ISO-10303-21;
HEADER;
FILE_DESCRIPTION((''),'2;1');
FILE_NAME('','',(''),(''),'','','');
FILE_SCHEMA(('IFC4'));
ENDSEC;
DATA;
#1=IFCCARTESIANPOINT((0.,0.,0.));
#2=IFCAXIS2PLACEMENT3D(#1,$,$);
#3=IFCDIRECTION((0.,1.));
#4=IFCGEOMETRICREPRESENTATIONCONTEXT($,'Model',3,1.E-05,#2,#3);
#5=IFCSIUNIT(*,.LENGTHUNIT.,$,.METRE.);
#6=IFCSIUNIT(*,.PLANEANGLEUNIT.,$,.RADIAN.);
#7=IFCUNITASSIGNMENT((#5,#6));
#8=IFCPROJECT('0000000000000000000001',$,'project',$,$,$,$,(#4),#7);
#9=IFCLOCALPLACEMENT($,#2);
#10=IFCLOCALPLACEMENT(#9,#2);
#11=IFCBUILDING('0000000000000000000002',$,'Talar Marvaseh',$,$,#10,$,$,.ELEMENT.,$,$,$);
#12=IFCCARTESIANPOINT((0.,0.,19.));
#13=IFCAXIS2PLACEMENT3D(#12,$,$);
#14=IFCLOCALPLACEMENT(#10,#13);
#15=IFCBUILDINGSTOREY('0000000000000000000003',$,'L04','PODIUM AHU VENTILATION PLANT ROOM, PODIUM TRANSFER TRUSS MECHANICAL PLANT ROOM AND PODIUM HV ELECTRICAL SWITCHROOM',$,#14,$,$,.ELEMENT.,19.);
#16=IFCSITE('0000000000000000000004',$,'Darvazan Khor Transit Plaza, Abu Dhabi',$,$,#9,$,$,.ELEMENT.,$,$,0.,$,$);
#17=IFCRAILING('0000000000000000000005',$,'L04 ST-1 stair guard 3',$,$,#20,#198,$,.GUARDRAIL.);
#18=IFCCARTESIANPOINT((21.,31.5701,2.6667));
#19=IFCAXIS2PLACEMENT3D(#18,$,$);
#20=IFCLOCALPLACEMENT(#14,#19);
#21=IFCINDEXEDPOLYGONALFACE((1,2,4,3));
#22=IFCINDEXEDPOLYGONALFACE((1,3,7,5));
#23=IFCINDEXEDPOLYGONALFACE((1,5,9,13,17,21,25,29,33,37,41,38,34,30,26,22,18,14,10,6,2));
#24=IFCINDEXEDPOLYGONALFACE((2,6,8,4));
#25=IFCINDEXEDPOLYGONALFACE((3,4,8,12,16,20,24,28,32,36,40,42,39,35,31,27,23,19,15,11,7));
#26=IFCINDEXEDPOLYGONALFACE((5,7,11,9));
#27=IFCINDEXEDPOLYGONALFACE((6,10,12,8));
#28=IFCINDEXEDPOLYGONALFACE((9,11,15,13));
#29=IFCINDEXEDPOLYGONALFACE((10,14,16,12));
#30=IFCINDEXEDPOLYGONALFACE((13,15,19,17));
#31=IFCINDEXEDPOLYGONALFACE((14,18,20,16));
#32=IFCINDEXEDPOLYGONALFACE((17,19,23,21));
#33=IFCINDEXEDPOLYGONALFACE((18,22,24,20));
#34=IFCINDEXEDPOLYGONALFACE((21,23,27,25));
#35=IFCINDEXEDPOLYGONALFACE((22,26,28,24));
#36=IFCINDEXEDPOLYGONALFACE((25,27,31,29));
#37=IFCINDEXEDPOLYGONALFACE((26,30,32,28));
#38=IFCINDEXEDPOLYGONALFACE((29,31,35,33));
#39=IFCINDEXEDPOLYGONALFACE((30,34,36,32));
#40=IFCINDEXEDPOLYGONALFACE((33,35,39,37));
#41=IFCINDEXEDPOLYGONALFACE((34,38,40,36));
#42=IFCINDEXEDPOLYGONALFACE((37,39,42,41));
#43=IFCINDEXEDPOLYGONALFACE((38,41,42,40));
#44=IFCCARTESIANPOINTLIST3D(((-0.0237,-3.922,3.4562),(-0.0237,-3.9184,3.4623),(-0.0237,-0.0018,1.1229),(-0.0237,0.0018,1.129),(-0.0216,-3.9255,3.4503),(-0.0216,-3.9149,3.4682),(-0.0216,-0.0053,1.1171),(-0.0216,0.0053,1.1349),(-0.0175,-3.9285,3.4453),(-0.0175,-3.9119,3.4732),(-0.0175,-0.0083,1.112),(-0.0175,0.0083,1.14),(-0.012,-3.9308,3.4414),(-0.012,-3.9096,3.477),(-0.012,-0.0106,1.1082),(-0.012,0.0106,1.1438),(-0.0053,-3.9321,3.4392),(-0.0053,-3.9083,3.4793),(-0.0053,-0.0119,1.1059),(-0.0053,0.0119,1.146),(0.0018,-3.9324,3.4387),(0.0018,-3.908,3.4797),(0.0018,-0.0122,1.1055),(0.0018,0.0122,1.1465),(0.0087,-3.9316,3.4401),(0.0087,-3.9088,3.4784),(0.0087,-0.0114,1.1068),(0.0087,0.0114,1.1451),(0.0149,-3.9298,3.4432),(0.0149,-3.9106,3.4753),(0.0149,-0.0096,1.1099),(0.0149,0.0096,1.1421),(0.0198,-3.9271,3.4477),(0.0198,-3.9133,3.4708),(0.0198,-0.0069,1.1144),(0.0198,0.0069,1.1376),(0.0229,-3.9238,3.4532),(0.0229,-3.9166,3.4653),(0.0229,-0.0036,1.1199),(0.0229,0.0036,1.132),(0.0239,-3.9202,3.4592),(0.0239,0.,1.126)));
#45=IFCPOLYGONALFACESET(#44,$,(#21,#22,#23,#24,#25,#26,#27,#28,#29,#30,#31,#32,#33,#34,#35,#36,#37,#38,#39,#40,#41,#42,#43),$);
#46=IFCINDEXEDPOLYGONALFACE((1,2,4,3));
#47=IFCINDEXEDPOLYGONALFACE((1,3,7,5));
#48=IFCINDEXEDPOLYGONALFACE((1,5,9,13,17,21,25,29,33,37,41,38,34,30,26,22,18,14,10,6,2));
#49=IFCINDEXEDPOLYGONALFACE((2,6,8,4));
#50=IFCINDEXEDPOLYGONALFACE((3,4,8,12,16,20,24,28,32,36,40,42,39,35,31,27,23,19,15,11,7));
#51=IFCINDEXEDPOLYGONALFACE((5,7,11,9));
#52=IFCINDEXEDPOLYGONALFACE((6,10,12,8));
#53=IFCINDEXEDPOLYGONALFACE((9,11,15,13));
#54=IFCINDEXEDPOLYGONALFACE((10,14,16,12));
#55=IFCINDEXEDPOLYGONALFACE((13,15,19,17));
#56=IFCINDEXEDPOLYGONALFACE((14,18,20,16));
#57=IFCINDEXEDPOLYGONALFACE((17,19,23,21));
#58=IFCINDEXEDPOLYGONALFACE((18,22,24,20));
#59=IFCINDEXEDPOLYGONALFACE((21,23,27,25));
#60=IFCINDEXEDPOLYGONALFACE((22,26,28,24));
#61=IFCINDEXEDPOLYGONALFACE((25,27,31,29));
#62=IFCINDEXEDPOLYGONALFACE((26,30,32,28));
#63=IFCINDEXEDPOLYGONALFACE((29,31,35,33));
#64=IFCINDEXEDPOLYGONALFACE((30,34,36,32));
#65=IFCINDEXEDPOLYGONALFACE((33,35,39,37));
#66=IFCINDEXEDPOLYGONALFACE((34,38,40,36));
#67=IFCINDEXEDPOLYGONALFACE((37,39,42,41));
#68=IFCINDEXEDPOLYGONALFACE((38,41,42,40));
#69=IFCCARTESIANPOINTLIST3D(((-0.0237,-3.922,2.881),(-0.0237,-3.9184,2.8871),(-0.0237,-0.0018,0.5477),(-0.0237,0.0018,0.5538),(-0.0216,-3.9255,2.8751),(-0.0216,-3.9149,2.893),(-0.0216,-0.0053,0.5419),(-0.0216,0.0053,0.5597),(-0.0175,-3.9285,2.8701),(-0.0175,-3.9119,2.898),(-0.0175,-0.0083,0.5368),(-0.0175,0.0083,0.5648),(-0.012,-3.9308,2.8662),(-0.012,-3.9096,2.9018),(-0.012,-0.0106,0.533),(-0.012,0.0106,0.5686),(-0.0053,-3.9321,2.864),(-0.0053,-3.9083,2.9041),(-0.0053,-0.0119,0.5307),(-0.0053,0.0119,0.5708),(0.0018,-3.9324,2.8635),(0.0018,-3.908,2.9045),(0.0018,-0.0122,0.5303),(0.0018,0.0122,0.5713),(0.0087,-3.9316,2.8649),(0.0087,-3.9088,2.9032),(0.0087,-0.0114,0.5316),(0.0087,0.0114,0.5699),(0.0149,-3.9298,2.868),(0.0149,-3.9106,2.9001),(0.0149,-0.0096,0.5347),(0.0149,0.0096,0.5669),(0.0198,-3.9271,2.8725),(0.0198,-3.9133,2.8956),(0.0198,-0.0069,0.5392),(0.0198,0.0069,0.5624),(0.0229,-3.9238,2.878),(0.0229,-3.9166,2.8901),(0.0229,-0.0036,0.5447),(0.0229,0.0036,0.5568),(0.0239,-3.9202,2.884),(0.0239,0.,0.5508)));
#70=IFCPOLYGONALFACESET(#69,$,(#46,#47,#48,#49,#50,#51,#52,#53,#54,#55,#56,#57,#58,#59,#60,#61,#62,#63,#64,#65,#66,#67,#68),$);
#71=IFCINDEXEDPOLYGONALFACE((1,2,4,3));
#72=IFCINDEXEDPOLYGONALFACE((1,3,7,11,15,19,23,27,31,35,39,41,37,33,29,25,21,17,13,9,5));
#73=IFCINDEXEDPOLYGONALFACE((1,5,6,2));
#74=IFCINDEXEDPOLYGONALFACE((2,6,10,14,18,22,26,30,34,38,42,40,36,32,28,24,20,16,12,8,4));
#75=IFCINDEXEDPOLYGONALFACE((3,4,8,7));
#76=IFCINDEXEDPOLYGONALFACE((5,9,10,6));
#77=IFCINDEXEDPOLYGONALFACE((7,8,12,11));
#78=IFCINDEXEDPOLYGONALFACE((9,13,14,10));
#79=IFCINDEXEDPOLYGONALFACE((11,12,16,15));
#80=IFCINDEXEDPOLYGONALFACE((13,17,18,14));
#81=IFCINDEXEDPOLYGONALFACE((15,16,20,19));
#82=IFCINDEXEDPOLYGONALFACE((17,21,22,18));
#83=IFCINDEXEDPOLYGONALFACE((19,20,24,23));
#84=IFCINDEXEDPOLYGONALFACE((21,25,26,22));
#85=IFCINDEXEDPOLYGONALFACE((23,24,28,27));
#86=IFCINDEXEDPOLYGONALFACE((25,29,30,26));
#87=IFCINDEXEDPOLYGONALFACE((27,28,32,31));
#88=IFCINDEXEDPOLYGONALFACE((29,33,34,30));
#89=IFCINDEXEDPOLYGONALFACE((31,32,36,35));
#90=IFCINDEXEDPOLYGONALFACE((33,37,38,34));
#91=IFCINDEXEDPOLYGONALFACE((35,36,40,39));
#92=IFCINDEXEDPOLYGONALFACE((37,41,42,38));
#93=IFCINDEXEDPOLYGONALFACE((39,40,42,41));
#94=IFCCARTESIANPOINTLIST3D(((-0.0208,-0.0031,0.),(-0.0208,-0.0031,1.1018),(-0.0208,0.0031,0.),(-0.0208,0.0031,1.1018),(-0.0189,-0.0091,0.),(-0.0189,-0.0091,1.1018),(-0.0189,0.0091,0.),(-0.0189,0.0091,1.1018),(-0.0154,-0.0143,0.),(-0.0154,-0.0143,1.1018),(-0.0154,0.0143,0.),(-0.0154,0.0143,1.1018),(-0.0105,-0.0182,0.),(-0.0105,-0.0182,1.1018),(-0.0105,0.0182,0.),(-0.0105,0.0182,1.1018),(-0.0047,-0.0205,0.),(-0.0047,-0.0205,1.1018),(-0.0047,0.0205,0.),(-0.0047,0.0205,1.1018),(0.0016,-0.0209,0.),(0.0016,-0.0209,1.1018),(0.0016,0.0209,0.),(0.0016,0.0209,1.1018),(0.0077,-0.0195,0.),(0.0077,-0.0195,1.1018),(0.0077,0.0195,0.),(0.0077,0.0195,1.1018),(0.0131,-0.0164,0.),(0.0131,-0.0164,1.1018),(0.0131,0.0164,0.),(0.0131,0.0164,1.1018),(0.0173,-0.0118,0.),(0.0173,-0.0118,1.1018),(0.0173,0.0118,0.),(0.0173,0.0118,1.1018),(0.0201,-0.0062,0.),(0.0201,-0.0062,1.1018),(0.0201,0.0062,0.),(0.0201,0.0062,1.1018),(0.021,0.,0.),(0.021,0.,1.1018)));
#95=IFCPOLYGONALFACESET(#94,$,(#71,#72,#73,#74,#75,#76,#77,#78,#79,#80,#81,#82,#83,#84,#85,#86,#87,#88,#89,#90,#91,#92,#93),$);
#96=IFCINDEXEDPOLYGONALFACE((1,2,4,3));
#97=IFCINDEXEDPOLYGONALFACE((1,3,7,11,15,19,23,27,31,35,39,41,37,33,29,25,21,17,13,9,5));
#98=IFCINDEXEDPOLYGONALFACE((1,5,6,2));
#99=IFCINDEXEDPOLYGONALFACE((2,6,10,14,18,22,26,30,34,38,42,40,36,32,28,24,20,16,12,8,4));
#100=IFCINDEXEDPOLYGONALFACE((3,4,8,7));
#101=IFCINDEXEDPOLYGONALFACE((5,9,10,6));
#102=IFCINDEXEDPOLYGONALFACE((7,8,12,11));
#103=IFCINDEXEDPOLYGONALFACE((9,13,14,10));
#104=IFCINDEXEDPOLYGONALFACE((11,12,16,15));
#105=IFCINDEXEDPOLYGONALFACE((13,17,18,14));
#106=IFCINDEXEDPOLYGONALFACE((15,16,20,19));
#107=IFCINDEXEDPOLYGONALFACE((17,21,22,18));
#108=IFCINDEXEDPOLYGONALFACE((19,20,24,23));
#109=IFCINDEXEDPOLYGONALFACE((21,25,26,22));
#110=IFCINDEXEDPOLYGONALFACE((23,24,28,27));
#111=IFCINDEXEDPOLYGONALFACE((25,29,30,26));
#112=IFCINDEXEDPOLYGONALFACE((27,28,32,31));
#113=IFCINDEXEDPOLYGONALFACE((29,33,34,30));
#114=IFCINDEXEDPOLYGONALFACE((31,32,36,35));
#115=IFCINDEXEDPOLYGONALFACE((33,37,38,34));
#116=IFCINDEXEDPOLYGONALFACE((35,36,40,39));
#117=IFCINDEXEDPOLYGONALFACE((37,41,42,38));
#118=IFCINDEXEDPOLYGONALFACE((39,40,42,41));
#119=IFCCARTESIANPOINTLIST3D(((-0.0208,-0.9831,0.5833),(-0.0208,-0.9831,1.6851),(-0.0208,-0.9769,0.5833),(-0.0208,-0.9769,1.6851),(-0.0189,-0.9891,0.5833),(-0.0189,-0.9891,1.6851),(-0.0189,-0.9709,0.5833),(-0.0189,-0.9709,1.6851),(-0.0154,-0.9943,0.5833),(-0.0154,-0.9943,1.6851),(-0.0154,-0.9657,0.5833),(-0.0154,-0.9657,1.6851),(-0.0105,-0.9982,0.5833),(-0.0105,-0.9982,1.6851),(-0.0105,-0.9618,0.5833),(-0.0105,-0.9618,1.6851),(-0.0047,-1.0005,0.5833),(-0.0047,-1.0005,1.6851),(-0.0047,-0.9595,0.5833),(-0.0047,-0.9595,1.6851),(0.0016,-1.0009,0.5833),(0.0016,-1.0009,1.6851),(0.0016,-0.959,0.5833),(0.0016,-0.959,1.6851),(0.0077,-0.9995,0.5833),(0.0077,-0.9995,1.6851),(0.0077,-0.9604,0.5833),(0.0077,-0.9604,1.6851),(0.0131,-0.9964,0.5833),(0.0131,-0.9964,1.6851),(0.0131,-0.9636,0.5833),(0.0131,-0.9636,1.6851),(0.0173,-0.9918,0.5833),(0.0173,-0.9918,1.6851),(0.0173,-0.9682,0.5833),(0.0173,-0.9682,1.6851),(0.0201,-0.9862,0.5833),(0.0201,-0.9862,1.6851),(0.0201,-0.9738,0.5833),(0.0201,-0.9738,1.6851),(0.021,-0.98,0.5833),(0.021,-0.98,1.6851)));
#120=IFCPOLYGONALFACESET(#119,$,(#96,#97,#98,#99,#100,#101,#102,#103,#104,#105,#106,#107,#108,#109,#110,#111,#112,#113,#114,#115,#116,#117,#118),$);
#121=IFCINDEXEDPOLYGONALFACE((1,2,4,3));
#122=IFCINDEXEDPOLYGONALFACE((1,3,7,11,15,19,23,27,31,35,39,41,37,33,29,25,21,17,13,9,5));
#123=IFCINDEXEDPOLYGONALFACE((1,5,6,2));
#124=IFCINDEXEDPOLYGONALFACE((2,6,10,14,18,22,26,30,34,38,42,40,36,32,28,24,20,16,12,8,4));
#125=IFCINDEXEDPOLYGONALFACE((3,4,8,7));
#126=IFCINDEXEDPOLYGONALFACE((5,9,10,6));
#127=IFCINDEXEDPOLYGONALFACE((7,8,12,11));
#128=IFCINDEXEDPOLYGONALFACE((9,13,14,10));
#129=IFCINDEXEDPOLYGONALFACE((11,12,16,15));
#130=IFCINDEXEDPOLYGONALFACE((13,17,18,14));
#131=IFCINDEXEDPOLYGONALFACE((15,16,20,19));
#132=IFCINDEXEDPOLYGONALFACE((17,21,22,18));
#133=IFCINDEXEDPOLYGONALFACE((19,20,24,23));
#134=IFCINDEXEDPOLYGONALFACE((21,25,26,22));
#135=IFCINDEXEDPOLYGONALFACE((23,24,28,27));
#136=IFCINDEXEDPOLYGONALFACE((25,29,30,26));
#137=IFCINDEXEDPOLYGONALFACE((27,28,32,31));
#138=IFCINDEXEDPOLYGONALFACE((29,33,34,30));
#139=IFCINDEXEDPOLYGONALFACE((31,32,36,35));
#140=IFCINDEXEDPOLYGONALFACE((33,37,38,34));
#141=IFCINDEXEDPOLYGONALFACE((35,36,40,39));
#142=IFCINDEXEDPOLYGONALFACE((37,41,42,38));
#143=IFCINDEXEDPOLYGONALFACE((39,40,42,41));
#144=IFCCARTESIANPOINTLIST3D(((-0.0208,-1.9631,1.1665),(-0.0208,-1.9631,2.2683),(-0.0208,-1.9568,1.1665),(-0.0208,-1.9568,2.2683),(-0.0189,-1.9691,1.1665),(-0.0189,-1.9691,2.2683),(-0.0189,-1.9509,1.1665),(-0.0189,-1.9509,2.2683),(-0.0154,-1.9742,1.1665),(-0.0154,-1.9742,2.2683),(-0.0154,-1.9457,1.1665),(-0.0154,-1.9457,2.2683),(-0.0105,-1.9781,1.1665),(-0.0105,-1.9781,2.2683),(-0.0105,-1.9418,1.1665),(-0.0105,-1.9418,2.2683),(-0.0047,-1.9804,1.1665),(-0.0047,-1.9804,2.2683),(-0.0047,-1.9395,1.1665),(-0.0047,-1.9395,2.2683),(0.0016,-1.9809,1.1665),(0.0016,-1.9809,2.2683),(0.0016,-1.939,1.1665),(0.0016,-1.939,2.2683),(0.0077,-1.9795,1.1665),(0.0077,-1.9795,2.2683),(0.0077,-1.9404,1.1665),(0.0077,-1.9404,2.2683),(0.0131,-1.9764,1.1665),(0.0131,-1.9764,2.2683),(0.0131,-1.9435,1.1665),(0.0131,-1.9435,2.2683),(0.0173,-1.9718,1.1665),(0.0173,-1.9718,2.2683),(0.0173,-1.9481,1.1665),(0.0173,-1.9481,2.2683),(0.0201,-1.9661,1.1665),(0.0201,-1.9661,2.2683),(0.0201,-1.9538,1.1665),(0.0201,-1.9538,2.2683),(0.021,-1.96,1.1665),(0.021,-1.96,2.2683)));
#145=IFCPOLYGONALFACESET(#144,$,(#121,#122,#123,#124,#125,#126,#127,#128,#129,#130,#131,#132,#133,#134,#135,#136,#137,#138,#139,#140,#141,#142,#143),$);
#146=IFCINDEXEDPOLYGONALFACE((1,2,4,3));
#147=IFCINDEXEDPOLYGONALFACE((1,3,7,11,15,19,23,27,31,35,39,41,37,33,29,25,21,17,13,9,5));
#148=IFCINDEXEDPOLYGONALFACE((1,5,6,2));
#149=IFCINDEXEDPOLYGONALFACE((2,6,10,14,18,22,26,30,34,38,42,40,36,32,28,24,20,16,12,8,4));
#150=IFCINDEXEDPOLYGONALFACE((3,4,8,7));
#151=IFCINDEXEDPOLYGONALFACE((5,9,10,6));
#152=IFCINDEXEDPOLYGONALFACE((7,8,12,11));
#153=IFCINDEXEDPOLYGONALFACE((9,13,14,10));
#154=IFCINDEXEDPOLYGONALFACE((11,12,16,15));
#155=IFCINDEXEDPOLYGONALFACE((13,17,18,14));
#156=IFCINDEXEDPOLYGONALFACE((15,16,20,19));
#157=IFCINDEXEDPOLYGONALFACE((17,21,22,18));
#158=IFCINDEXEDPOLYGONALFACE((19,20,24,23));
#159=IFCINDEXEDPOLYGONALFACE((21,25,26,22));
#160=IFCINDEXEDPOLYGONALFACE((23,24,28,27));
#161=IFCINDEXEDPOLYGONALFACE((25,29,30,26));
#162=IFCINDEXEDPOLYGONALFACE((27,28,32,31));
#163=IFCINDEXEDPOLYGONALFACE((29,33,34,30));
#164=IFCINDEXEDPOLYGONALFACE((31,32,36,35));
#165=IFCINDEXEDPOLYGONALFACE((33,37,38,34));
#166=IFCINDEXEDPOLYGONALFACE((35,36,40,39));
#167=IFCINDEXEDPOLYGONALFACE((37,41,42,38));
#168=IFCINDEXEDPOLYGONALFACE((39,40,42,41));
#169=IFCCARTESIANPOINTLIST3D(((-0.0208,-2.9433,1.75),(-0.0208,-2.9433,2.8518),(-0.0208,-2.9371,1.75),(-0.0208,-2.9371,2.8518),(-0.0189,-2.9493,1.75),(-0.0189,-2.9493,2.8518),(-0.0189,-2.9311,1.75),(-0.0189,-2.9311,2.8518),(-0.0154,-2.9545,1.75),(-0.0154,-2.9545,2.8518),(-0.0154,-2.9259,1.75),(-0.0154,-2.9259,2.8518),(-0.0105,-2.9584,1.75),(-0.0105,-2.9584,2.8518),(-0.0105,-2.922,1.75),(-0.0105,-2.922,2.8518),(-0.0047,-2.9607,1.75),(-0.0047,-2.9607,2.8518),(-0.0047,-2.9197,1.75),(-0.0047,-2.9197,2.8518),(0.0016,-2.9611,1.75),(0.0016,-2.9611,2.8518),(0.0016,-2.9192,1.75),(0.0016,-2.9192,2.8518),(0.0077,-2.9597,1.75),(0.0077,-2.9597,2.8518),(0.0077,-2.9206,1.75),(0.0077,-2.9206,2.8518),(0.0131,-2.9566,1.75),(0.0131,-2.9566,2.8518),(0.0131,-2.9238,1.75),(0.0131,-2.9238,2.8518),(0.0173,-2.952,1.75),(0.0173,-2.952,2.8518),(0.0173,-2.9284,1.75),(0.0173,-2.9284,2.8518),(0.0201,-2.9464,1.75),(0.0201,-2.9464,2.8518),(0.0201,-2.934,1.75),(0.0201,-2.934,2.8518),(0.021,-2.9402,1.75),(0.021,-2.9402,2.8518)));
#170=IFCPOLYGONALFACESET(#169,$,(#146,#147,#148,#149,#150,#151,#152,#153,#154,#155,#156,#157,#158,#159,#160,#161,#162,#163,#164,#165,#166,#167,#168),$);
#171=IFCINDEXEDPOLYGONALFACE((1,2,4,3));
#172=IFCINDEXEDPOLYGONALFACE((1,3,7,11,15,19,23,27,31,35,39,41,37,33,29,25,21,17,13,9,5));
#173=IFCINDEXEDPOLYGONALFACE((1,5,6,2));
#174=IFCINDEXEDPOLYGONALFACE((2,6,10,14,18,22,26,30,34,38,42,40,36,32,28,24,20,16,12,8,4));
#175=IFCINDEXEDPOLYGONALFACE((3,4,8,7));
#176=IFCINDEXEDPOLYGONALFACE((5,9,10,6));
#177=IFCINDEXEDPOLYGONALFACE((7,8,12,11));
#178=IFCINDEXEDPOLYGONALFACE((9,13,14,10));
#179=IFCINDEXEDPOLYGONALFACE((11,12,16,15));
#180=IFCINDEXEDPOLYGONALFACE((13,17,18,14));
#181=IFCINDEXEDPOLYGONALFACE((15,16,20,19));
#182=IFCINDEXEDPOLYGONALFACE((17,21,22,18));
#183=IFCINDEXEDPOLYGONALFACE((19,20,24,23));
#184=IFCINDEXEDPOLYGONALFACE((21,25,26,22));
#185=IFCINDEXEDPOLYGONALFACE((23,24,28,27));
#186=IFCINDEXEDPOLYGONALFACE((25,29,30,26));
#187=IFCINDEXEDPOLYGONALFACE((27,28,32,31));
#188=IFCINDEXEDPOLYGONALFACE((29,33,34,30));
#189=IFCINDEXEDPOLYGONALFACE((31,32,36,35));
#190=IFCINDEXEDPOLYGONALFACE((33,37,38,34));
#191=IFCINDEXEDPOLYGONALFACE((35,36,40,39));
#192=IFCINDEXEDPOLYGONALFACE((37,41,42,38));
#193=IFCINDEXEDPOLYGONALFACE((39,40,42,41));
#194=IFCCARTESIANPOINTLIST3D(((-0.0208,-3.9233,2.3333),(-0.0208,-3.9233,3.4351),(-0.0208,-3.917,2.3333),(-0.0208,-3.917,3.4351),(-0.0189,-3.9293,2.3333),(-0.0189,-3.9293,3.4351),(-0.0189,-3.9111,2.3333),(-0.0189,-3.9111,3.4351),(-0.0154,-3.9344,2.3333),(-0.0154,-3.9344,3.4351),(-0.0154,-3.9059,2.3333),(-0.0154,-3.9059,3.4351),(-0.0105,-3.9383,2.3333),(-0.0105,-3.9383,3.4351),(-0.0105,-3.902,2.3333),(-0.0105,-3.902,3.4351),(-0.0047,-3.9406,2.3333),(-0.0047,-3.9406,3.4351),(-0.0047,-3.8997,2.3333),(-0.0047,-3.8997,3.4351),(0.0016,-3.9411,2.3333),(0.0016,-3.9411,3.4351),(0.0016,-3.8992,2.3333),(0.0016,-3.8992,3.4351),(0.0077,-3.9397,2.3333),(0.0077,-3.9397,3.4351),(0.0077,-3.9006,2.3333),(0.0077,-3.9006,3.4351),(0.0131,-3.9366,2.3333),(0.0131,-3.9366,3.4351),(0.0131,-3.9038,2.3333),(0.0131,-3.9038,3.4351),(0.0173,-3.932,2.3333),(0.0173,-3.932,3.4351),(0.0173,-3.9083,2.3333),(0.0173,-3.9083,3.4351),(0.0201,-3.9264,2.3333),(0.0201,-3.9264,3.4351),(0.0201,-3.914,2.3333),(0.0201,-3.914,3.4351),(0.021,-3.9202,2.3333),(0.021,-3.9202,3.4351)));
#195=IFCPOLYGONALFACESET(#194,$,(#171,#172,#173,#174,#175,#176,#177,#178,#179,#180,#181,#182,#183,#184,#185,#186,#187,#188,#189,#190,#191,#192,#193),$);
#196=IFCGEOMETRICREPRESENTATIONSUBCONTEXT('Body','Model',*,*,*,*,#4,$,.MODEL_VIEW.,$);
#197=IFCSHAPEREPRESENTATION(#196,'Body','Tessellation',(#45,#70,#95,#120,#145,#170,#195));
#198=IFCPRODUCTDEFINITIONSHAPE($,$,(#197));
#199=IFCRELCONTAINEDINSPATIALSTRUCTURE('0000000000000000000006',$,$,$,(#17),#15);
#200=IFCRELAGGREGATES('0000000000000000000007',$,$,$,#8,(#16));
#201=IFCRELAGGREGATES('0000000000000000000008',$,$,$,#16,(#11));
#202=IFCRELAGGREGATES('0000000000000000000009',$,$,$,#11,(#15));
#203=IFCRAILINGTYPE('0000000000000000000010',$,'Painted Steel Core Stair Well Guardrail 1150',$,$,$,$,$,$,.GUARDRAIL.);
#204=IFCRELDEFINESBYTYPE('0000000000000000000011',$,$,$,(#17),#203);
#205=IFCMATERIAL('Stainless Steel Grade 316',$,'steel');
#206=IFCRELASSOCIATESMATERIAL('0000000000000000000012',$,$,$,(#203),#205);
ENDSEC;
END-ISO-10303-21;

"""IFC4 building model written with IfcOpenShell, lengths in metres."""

from ifc_helpers import new_model, si_unit, direction, frame, origin, origin_2d, place, context, subcontext, project, spatial, circle, extrude, material, type_object, element, save


model = new_model("IFC4")

# Units and contexts
model_context = context("Model", 3, precision=1e-05, world=origin(), true_north=direction((0.0, 1.0)))
body_context = subcontext(model_context, "Body", "Model", "MODEL_VIEW")
ifc_project = project(units=[si_unit("LENGTHUNIT", "METRE"), si_unit("PLANEANGLEUNIT", "RADIAN")], contexts=[model_context])

# Site, building, storey
site_placement = place(None, origin())
site = spatial("IfcSite", under=ifc_project, at=site_placement, Name="Darvazan Khor Transit Plaza, Abu Dhabi", CompositionType="ELEMENT", RefElevation=0.0)
building_placement = place(site_placement, origin())
building = spatial("IfcBuilding", under=site, at=building_placement, Name="Talar Marvaseh", CompositionType="ELEMENT")
storey_placement = place(building_placement, frame((0.0, 0.0, 19.0)))
storey = spatial("IfcBuildingStorey", under=building, at=storey_placement, Name="L04", Description="PODIUM AHU VENTILATION PLANT ROOM, PODIUM TRANSFER TRUSS MECHANICAL PLANT ROOM AND PODIUM HV ELECTRICAL SWITCHROOM", CompositionType="ELEMENT", Elevation=19.0)

# Shared definitions
ifc_material_1 = material(Name="Stainless Steel Grade 316", Category="steel")

# Railing
railing_type_1 = type_object("IfcRailingType", Name="Painted Steel Core Stair Well Guardrail 1150", PredefinedType="GUARDRAIL", material=ifc_material_1)
railing_1_placement = place(storey_placement, frame((21.0, 31.5701, 2.6667)))
element("IfcRailing", 1, at=railing_1_placement, inside=storey, type_object=railing_type_1, Name="L04 ST-1 stair guard 3", PredefinedType="GUARDRAIL", context=body_context, shape_type="SweptSolid", body=[
    extrude(circle(Radius=0.0239, at=origin_2d()), frame((0.0, 0.0, 1.126), z_axis=(0.0, -0.85931, 0.511455), x_axis=(1.0, 0.0, 0.0)), (0.0, 0.0, 1.0), 4.562),
    extrude(circle(Radius=0.0239, at=origin_2d()), frame((0.0, 0.0, 0.5508), z_axis=(0.0, -0.85931, 0.511455), x_axis=(1.0, 0.0, 0.0)), (0.0, 0.0, 1.0), 4.562),
    extrude(circle(Radius=0.021, at=origin_2d()), origin(), (0.0, 0.0, 1.0), 1.1018),
    extrude(circle(Radius=0.021, at=origin_2d()), frame((0.0, -0.98, 0.5833)), (0.0, 0.0, 1.0), 1.1018),
    extrude(circle(Radius=0.021, at=origin_2d()), frame((0.0, -1.96, 1.1665)), (0.0, 0.0, 1.0), 1.1018),
    extrude(circle(Radius=0.021, at=origin_2d()), frame((0.0, -2.9402, 1.75)), (0.0, 0.0, 1.0), 1.1018),
    extrude(circle(Radius=0.021, at=origin_2d()), frame((0.0, -3.9202, 2.3333)), (0.0, 0.0, 1.0), 1.1018),
])

save(model, "model.ifc")
